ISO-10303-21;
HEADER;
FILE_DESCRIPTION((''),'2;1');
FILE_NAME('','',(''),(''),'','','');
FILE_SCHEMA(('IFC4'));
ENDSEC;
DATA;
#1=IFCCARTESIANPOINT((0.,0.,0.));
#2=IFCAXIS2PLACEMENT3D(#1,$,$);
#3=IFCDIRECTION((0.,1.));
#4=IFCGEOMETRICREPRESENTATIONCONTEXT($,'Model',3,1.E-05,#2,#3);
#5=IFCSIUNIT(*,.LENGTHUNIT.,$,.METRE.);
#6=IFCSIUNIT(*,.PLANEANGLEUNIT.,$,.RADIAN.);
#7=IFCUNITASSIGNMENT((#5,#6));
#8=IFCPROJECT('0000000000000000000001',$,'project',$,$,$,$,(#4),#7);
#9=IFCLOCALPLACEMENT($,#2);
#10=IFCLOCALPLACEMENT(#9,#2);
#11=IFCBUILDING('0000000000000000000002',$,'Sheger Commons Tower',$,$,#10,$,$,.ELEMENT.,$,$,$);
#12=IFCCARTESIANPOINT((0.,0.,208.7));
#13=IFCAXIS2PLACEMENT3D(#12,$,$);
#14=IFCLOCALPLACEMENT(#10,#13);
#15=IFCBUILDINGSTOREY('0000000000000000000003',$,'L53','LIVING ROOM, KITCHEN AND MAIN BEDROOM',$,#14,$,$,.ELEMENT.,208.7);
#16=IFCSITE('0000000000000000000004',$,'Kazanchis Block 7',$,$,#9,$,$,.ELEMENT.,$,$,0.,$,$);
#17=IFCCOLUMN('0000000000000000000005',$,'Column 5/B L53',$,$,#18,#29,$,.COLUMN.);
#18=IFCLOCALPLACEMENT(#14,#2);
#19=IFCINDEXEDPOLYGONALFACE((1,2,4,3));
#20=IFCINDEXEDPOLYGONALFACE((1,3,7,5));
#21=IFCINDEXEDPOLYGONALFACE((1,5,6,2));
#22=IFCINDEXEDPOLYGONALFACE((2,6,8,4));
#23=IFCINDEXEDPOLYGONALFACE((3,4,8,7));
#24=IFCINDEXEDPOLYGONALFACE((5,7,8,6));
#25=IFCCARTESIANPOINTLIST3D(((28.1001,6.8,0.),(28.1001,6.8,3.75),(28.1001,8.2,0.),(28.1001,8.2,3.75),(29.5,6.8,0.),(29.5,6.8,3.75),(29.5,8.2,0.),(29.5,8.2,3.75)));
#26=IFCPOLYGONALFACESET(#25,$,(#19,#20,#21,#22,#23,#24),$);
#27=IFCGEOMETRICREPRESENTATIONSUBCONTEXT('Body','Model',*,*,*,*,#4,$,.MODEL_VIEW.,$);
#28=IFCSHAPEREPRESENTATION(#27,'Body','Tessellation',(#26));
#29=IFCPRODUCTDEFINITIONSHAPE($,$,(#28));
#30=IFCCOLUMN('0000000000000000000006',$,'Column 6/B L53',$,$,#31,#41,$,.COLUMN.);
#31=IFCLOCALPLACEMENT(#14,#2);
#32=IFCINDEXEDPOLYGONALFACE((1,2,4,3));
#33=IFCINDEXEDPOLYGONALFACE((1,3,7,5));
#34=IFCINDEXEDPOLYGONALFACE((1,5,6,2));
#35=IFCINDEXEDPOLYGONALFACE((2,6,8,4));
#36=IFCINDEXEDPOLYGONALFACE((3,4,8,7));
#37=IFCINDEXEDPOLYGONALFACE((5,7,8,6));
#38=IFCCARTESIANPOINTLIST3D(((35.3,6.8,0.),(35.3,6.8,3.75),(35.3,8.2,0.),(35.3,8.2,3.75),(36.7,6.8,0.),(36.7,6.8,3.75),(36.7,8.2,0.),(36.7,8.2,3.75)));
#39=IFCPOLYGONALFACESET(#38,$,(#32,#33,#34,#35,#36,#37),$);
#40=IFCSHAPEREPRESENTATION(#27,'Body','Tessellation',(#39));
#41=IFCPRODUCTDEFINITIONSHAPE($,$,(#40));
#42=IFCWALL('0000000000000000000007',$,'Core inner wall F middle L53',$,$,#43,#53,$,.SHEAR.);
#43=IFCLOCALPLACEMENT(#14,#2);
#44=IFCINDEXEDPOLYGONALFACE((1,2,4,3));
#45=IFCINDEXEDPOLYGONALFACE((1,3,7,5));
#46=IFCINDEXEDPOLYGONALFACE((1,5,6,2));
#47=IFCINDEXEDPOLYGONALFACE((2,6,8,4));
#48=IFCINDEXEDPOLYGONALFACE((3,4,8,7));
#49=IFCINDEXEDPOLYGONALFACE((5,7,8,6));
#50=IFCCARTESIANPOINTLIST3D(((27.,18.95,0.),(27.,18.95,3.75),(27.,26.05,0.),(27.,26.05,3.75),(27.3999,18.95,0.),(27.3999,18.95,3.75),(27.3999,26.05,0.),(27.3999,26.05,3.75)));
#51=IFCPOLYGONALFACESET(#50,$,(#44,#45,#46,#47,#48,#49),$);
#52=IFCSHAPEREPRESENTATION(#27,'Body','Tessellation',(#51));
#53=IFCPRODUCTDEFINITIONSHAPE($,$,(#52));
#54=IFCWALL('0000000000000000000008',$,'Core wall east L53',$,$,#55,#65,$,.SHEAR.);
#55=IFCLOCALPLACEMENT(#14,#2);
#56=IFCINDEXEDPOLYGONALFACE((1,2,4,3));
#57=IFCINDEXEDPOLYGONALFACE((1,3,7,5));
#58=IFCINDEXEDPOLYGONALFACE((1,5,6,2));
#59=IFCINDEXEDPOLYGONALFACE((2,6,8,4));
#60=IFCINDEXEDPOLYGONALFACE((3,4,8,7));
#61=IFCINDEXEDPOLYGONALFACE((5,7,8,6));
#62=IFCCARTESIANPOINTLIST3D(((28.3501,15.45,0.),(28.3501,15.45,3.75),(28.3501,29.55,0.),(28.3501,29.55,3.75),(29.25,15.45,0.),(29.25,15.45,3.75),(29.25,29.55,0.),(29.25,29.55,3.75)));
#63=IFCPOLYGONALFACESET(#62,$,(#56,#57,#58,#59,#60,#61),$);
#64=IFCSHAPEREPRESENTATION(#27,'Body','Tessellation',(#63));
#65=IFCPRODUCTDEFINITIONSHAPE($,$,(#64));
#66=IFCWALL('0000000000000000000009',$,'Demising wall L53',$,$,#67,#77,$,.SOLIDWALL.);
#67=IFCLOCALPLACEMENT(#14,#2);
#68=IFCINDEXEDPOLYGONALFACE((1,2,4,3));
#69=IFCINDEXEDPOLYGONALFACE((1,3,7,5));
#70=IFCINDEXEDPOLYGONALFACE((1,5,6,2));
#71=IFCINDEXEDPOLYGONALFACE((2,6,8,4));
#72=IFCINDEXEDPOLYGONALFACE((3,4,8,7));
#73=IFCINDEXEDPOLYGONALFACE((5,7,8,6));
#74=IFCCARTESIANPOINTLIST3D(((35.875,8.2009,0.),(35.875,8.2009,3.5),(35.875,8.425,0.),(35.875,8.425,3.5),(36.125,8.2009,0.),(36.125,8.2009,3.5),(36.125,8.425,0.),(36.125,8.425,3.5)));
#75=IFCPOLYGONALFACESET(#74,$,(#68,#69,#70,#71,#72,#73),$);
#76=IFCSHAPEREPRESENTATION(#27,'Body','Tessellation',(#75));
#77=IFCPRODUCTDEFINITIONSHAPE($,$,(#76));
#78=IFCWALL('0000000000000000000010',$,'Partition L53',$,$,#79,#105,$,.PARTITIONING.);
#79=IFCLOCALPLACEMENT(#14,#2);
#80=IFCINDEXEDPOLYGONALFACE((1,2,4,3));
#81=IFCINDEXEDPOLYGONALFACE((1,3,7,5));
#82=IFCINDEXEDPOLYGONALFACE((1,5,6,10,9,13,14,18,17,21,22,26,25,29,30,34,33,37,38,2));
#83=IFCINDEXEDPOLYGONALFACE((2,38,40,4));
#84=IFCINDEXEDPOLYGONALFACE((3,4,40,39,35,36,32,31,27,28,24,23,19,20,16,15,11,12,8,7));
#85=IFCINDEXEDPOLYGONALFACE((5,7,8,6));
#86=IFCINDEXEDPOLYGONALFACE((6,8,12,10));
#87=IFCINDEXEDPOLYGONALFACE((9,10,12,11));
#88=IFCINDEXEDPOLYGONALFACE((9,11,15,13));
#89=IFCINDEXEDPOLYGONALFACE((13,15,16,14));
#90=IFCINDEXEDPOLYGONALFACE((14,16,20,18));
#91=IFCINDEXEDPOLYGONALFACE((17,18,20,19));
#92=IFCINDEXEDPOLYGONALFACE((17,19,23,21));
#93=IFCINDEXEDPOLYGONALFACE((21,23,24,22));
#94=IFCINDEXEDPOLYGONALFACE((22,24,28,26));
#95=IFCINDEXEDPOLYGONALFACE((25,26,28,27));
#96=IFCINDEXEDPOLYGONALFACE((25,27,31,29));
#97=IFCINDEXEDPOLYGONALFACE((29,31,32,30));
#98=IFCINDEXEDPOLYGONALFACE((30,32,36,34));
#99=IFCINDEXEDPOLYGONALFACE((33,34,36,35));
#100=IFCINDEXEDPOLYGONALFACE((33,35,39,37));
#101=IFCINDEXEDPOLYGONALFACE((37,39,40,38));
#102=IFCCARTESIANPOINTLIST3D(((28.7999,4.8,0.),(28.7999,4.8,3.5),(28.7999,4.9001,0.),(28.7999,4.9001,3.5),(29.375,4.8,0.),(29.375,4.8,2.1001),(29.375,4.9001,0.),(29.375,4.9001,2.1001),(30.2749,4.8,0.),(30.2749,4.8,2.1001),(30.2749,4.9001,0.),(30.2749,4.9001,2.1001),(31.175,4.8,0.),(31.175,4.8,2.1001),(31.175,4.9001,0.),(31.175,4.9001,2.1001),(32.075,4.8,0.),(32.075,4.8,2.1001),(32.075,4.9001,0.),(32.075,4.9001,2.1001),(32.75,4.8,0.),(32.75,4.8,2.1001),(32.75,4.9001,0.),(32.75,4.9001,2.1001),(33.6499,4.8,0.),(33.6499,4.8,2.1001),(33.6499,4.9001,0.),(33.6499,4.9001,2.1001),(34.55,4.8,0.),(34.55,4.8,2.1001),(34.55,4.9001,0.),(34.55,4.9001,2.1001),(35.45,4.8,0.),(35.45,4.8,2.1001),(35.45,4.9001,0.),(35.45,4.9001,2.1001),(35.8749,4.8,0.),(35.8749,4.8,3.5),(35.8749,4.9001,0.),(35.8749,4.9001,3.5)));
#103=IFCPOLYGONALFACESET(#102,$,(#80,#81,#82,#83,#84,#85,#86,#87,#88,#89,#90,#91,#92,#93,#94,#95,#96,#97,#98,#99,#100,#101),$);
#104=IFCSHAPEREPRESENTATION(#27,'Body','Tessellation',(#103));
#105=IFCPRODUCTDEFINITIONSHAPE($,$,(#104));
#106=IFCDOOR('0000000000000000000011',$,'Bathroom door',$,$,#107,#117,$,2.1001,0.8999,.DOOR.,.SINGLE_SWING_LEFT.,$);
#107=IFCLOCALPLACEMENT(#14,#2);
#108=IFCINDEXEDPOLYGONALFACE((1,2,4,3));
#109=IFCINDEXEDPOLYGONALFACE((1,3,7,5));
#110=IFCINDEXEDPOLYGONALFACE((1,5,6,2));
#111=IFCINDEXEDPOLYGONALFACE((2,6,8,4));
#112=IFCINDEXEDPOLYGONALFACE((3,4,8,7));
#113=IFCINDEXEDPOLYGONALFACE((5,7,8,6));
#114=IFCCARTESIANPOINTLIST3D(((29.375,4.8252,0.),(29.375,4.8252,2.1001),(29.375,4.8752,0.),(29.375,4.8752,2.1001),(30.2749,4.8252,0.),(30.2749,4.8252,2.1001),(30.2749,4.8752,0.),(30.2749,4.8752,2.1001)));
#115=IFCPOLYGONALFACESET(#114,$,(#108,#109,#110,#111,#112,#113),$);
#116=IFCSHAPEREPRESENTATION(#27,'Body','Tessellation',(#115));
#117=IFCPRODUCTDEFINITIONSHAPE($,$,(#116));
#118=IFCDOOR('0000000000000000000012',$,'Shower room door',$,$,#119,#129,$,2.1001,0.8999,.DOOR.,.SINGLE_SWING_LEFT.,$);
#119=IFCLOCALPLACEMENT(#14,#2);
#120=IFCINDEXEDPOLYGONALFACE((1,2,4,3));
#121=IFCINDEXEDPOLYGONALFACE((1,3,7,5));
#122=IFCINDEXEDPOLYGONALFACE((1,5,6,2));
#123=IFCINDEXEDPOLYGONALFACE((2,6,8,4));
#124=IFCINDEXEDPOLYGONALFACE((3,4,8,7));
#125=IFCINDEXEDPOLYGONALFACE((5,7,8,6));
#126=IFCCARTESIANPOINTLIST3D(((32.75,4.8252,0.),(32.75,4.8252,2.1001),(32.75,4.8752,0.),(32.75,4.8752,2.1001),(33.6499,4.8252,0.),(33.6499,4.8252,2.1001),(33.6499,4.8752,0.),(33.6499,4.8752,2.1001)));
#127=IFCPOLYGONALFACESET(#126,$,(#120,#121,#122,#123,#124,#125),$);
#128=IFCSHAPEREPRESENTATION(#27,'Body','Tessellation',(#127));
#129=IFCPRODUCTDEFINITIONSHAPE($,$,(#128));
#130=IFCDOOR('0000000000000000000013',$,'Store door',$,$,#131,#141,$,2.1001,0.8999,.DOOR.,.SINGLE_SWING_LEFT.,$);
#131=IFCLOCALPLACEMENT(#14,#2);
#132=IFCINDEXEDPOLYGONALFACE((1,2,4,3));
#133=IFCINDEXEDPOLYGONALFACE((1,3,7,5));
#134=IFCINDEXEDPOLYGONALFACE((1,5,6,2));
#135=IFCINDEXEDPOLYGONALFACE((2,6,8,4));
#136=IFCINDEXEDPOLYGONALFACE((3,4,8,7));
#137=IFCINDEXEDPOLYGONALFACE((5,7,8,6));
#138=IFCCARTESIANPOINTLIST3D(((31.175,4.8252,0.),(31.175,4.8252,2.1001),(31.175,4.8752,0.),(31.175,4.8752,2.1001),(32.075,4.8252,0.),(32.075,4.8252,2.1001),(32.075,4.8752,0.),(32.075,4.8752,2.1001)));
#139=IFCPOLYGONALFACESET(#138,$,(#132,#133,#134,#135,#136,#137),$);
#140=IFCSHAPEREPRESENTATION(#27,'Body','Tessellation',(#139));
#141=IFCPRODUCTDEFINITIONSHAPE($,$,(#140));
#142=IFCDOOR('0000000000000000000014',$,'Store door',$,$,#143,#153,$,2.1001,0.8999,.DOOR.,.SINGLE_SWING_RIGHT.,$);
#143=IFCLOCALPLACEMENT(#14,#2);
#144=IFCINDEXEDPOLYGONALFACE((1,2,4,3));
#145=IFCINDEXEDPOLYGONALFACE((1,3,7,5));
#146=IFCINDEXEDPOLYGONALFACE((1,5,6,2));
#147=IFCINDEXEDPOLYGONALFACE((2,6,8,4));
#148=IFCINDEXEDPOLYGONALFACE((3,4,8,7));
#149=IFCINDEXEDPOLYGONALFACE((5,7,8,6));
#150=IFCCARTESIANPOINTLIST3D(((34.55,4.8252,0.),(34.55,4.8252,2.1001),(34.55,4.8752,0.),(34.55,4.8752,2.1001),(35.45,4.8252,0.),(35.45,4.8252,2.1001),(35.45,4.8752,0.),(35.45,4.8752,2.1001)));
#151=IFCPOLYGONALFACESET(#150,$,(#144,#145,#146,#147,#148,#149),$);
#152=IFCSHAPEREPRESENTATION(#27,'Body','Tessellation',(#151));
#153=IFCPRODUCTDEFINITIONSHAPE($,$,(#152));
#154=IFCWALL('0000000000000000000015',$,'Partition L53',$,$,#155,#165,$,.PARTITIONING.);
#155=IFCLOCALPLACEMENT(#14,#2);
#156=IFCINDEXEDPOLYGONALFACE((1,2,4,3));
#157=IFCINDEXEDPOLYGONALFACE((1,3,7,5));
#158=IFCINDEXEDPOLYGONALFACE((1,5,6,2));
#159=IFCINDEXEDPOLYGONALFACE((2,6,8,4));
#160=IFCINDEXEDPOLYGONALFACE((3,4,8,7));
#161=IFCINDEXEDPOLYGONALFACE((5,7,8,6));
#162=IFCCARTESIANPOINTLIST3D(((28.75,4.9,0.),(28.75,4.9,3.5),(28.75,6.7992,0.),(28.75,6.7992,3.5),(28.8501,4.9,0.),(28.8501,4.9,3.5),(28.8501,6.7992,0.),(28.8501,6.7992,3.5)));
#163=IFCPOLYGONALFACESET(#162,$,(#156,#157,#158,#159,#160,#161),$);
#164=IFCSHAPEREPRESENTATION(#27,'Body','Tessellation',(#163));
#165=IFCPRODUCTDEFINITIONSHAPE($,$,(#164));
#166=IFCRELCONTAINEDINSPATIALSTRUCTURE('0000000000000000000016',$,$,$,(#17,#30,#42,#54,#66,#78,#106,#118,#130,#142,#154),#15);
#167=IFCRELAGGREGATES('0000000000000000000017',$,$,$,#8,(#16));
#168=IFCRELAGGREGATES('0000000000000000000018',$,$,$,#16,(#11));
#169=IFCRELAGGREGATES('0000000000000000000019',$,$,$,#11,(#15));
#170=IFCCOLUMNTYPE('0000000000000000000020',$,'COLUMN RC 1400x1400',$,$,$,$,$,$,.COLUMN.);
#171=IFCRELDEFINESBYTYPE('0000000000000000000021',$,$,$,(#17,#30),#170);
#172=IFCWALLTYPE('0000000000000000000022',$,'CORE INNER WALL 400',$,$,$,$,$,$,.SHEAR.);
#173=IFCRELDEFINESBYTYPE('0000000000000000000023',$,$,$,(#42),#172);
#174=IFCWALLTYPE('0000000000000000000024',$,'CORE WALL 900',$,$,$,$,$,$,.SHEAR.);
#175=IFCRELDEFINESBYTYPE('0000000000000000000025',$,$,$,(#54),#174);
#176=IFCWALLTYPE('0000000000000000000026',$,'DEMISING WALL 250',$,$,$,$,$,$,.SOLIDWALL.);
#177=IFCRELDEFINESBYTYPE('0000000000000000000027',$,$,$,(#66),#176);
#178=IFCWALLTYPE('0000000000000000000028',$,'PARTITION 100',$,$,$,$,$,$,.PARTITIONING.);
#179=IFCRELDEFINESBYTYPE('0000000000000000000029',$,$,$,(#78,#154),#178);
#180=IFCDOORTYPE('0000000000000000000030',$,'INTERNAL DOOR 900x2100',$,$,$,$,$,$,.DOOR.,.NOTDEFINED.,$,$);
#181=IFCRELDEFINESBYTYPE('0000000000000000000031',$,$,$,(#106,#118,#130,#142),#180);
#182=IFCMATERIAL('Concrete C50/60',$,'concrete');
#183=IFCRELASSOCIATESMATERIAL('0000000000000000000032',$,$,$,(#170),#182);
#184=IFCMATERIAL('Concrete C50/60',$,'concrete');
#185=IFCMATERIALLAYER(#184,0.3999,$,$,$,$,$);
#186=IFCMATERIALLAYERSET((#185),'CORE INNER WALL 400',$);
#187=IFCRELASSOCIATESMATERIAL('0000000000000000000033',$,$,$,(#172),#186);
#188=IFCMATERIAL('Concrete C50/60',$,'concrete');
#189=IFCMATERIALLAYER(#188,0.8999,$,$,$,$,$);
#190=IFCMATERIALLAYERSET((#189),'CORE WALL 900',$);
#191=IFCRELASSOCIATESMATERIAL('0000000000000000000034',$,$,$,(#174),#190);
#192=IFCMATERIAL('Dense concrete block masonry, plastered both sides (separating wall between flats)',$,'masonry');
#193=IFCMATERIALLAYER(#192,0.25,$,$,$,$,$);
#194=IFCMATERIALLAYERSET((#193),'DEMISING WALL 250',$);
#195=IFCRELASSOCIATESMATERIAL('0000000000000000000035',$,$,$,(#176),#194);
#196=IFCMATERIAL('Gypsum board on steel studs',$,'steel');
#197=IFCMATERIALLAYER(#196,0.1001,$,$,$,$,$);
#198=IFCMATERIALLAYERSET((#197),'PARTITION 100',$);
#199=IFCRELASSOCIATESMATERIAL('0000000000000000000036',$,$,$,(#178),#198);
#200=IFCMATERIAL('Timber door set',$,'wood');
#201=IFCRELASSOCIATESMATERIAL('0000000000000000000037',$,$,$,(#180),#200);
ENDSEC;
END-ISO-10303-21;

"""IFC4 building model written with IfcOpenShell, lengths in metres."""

from ifc_helpers import new_model, si_unit, direction, frame, frame_2d, origin, origin_2d, place, context, subcontext, project, spatial, rectangle, extrude, material, layer, layer_set, material_profile, profile_set, type_object, element, fill, save


model = new_model("IFC4")

# Units and contexts
model_context = context("Model", 3, precision=1e-05, world=origin(), true_north=direction((0.0, 1.0)))
body_context = subcontext(model_context, "Body", "Model", "MODEL_VIEW")
ifc_project = project(units=[si_unit("LENGTHUNIT", "METRE"), si_unit("PLANEANGLEUNIT", "RADIAN")], contexts=[model_context])

# Site, building, storey
site_placement = place(None, origin())
site = spatial("IfcSite", under=ifc_project, at=site_placement, Name="Kazanchis Block 7", CompositionType="ELEMENT", RefElevation=0.0)
building_placement = place(site_placement, origin())
building = spatial("IfcBuilding", under=site, at=building_placement, Name="Sheger Commons Tower", CompositionType="ELEMENT")
storey_placement = place(building_placement, frame((0.0, 0.0, 208.7)))
storey = spatial("IfcBuildingStorey", under=building, at=storey_placement, Name="L53", Description="LIVING ROOM, KITCHEN AND MAIN BEDROOM", CompositionType="ELEMENT", Elevation=208.7)

# Columns
ifc_material_1 = material(Name="Concrete C50/60", Category="concrete")
ifc_material_profile = material_profile(ifc_material_1, rectangle(XDim=1.3999, YDim=1.3999, at=origin_2d()), Name="RC 1400x1400")
ifc_profile_set = profile_set([ifc_material_profile], Name="Concrete C50/60")
column_type = type_object("IfcColumnType", Name="COLUMN RC 1400x1400", PredefinedType="COLUMN", material=ifc_profile_set)
for number, where, z_axis, x_axis, name in (
    (1, (28.8, 7.5, 0.0), (0.0, 0.0, 1.0), (1.0, 0.0, 0.0), "Column 5/B L53"),
    (2, (36.0, 7.5, 0.0), (0.0, 0.0, 1.0), (1.0, 0.0, 0.0), "Column 6/B L53"),
):
    element("IfcColumn", number, at=place(storey_placement, frame(where, z_axis=z_axis, x_axis=x_axis)), inside=storey, type_object=column_type, Name=name, PredefinedType="COLUMN", context=body_context, shape_type="SweptSolid", body=[
        extrude(rectangle(XDim=1.3999, YDim=1.3999, at=origin_2d()), origin(), (0.0, 0.0, 1.0), 3.75),
    ])

# Walls
ifc_material_2 = material(Name="Concrete C50/60", Category="concrete")
ifc_layer_1 = layer(ifc_material_2, 0.3999)
ifc_layer_set_1 = layer_set([ifc_layer_1], Name="CORE INNER WALL 400")
wall_type_1 = type_object("IfcWallType", Name="CORE INNER WALL 400", PredefinedType="SHEAR", material=ifc_layer_set_1)
wall_1_placement = place(storey_placement, frame((27.2, 18.95, 0.0), z_axis=(0.0, 0.0, 1.0), x_axis=(0.0, 1.0, 0.0)))
element("IfcWall", 3, at=wall_1_placement, inside=storey, type_object=wall_type_1, Name="Core inner wall F middle L53", PredefinedType="SHEAR", context=body_context, shape_type="SweptSolid", body=[
    extrude(rectangle(XDim=7.1001, YDim=0.3999, at=frame_2d((3.55, 0.0))), origin(), (0.0, 0.0, 1.0), 3.75),
])
ifc_material_3 = material(Name="Concrete C50/60", Category="concrete")
ifc_layer_2 = layer(ifc_material_3, 0.8999)
ifc_layer_set_2 = layer_set([ifc_layer_2], Name="CORE WALL 900")
wall_type_2 = type_object("IfcWallType", Name="CORE WALL 900", PredefinedType="SHEAR", material=ifc_layer_set_2)
wall_2_placement = place(storey_placement, frame((28.8, 15.45, 0.0), z_axis=(0.0, 0.0, 1.0), x_axis=(0.0, 1.0, 0.0)))
element("IfcWall", 4, at=wall_2_placement, inside=storey, type_object=wall_type_2, Name="Core wall east L53", PredefinedType="SHEAR", context=body_context, shape_type="SweptSolid", body=[
    extrude(rectangle(XDim=14.1001, YDim=0.8999, at=frame_2d((7.05, 0.0))), origin(), (0.0, 0.0, 1.0), 3.75),
])
ifc_material_4 = material(Name="Dense concrete block masonry, plastered both sides (separating wall between flats)", Category="masonry")
ifc_layer_3 = layer(ifc_material_4, 0.25)
ifc_layer_set_3 = layer_set([ifc_layer_3], Name="DEMISING WALL 250")
wall_type_3 = type_object("IfcWallType", Name="DEMISING WALL 250", PredefinedType="SOLIDWALL", material=ifc_layer_set_3)
wall_3_placement = place(storey_placement, frame((36.0, 8.2009, 0.0), z_axis=(0.0, 0.0, 1.0), x_axis=(0.0, 1.0, 0.0)))
element("IfcWall", 5, at=wall_3_placement, inside=storey, type_object=wall_type_3, Name="Demising wall L53", PredefinedType="SOLIDWALL", context=body_context, shape_type="SweptSolid", body=[
    extrude(rectangle(XDim=0.2241, YDim=0.25, at=frame_2d((0.1121, 0.0))), origin(), (0.0, 0.0, 1.0), 3.5),
])

# Wall, openings, doors
ifc_material_5 = material(Name="Gypsum board on steel studs", Category="steel")
ifc_layer_4 = layer(ifc_material_5, 0.1001)
ifc_layer_set_4 = layer_set([ifc_layer_4], Name="PARTITION 100")
wall_type_4 = type_object("IfcWallType", Name="PARTITION 100", PredefinedType="PARTITIONING", material=ifc_layer_set_4)
wall_4_placement = place(storey_placement, frame((35.875, 4.8501, 0.0), z_axis=(0.0, 0.0, 1.0), x_axis=(-1.0, 0.0, 0.0)))
wall_4 = element("IfcWall", 6, at=wall_4_placement, inside=storey, type_object=wall_type_4, Name="Partition L53", PredefinedType="PARTITIONING", context=body_context, shape_type="SweptSolid", body=[
    extrude(rectangle(XDim=7.075, YDim=0.1001, at=frame_2d((3.5376, 0.0))), origin(), (0.0, 0.0, 1.0), 3.5),
])
opening_1_placement = place(wall_4_placement, frame((5.6001, 0.0, 0.0)))
opening_1 = element("IfcOpeningElement", 7, at=opening_1_placement, cuts=wall_4, PredefinedType="OPENING", context=body_context, shape_type="SweptSolid", body=[
    extrude(rectangle(XDim=0.8999, YDim=2.1001, at=frame_2d((0.45, 1.05))), frame((0.0, 0.0601, 0.0), z_axis=(0.0, -1.0, 0.0), x_axis=(1.0, 0.0, 0.0)), (0.0, 0.0, 1.0), 0.1201),
])
opening_2_placement = place(wall_4_placement, frame((2.2251, 0.0, 0.0)))
opening_2 = element("IfcOpeningElement", 8, at=opening_2_placement, cuts=wall_4, PredefinedType="OPENING", context=body_context, shape_type="SweptSolid", body=[
    extrude(rectangle(XDim=0.8999, YDim=2.1001, at=frame_2d((0.45, 1.05))), frame((0.0, 0.0601, 0.0), z_axis=(0.0, -1.0, 0.0), x_axis=(1.0, 0.0, 0.0)), (0.0, 0.0, 1.0), 0.1201),
])
opening_3_placement = place(wall_4_placement, frame((3.8, 0.0, 0.0)))
opening_3 = element("IfcOpeningElement", 9, at=opening_3_placement, cuts=wall_4, PredefinedType="OPENING", context=body_context, shape_type="SweptSolid", body=[
    extrude(rectangle(XDim=0.8999, YDim=2.1001, at=frame_2d((0.45, 1.05))), frame((0.0, 0.0601, 0.0), z_axis=(0.0, -1.0, 0.0), x_axis=(1.0, 0.0, 0.0)), (0.0, 0.0, 1.0), 0.1201),
])
opening_4_placement = place(wall_4_placement, frame((0.425, 0.0, 0.0)))
opening_4 = element("IfcOpeningElement", 10, at=opening_4_placement, cuts=wall_4, PredefinedType="OPENING", context=body_context, shape_type="SweptSolid", body=[
    extrude(rectangle(XDim=0.8999, YDim=2.1001, at=frame_2d((0.45, 1.05))), frame((0.0, 0.0601, 0.0), z_axis=(0.0, -1.0, 0.0), x_axis=(1.0, 0.0, 0.0)), (0.0, 0.0, 1.0), 0.1201),
])
ifc_material_6 = material(Name="Timber door set", Category="wood")
door_type = type_object("IfcDoorType", Name="INTERNAL DOOR 900x2100", OperationType="NOTDEFINED", PredefinedType="DOOR", material=ifc_material_6)
door_1_placement = place(opening_1_placement, origin())
door_1 = element("IfcDoor", 11, at=door_1_placement, inside=storey, type_object=door_type, Name="Bathroom door", OperationType="SINGLE_SWING_LEFT", OverallHeight=2.1001, OverallWidth=0.8999, PredefinedType="DOOR", context=body_context, shape_type="SweptSolid", body=[
    extrude(rectangle(XDim=0.8999, YDim=2.1001, at=frame_2d((0.45, 1.05))), frame((0.0, 0.0249, 0.0), z_axis=(0.0, -1.0, 0.0), x_axis=(1.0, 0.0, 0.0)), (0.0, 0.0, 1.0), 0.05),
])
fill(opening_1, door_1)
door_2_placement = place(opening_2_placement, origin())
door_2 = element("IfcDoor", 12, at=door_2_placement, inside=storey, type_object=door_type, Name="Shower room door", OperationType="SINGLE_SWING_LEFT", OverallHeight=2.1001, OverallWidth=0.8999, PredefinedType="DOOR", context=body_context, shape_type="SweptSolid", body=[
    extrude(rectangle(XDim=0.8999, YDim=2.1001, at=frame_2d((0.45, 1.05))), frame((0.0, 0.0249, 0.0), z_axis=(0.0, -1.0, 0.0), x_axis=(1.0, 0.0, 0.0)), (0.0, 0.0, 1.0), 0.05),
])
fill(opening_2, door_2)
door_3_placement = place(opening_3_placement, origin())
door_3 = element("IfcDoor", 13, at=door_3_placement, inside=storey, type_object=door_type, Name="Store door", OperationType="SINGLE_SWING_LEFT", OverallHeight=2.1001, OverallWidth=0.8999, PredefinedType="DOOR", context=body_context, shape_type="SweptSolid", body=[
    extrude(rectangle(XDim=0.8999, YDim=2.1001, at=frame_2d((0.45, 1.05))), frame((0.0, 0.0249, 0.0), z_axis=(0.0, -1.0, 0.0), x_axis=(1.0, 0.0, 0.0)), (0.0, 0.0, 1.0), 0.05),
])
fill(opening_3, door_3)
door_4_placement = place(opening_4_placement, origin())
door_4 = element("IfcDoor", 14, at=door_4_placement, inside=storey, type_object=door_type, Name="Store door", OperationType="SINGLE_SWING_RIGHT", OverallHeight=2.1001, OverallWidth=0.8999, PredefinedType="DOOR", context=body_context, shape_type="SweptSolid", body=[
    extrude(rectangle(XDim=0.8999, YDim=2.1001, at=frame_2d((0.45, 1.05))), frame((0.0, 0.0249, 0.0), z_axis=(0.0, -1.0, 0.0), x_axis=(1.0, 0.0, 0.0)), (0.0, 0.0, 1.0), 0.05),
])
fill(opening_4, door_4)

# Wall
wall_5_placement = place(storey_placement, frame((28.8, 4.8999, 0.0), z_axis=(0.0, 0.0, 1.0), x_axis=(0.0, 1.0, 0.0)))
element("IfcWall", 15, at=wall_5_placement, inside=storey, type_object=wall_type_4, Name="Partition L53", PredefinedType="PARTITIONING", context=body_context, shape_type="SweptSolid", body=[
    extrude(rectangle(XDim=1.8992, YDim=0.1001, at=frame_2d((0.9497, 0.0))), origin(), (0.0, 0.0, 1.0), 3.5),
])

save(model, "model.ifc")
